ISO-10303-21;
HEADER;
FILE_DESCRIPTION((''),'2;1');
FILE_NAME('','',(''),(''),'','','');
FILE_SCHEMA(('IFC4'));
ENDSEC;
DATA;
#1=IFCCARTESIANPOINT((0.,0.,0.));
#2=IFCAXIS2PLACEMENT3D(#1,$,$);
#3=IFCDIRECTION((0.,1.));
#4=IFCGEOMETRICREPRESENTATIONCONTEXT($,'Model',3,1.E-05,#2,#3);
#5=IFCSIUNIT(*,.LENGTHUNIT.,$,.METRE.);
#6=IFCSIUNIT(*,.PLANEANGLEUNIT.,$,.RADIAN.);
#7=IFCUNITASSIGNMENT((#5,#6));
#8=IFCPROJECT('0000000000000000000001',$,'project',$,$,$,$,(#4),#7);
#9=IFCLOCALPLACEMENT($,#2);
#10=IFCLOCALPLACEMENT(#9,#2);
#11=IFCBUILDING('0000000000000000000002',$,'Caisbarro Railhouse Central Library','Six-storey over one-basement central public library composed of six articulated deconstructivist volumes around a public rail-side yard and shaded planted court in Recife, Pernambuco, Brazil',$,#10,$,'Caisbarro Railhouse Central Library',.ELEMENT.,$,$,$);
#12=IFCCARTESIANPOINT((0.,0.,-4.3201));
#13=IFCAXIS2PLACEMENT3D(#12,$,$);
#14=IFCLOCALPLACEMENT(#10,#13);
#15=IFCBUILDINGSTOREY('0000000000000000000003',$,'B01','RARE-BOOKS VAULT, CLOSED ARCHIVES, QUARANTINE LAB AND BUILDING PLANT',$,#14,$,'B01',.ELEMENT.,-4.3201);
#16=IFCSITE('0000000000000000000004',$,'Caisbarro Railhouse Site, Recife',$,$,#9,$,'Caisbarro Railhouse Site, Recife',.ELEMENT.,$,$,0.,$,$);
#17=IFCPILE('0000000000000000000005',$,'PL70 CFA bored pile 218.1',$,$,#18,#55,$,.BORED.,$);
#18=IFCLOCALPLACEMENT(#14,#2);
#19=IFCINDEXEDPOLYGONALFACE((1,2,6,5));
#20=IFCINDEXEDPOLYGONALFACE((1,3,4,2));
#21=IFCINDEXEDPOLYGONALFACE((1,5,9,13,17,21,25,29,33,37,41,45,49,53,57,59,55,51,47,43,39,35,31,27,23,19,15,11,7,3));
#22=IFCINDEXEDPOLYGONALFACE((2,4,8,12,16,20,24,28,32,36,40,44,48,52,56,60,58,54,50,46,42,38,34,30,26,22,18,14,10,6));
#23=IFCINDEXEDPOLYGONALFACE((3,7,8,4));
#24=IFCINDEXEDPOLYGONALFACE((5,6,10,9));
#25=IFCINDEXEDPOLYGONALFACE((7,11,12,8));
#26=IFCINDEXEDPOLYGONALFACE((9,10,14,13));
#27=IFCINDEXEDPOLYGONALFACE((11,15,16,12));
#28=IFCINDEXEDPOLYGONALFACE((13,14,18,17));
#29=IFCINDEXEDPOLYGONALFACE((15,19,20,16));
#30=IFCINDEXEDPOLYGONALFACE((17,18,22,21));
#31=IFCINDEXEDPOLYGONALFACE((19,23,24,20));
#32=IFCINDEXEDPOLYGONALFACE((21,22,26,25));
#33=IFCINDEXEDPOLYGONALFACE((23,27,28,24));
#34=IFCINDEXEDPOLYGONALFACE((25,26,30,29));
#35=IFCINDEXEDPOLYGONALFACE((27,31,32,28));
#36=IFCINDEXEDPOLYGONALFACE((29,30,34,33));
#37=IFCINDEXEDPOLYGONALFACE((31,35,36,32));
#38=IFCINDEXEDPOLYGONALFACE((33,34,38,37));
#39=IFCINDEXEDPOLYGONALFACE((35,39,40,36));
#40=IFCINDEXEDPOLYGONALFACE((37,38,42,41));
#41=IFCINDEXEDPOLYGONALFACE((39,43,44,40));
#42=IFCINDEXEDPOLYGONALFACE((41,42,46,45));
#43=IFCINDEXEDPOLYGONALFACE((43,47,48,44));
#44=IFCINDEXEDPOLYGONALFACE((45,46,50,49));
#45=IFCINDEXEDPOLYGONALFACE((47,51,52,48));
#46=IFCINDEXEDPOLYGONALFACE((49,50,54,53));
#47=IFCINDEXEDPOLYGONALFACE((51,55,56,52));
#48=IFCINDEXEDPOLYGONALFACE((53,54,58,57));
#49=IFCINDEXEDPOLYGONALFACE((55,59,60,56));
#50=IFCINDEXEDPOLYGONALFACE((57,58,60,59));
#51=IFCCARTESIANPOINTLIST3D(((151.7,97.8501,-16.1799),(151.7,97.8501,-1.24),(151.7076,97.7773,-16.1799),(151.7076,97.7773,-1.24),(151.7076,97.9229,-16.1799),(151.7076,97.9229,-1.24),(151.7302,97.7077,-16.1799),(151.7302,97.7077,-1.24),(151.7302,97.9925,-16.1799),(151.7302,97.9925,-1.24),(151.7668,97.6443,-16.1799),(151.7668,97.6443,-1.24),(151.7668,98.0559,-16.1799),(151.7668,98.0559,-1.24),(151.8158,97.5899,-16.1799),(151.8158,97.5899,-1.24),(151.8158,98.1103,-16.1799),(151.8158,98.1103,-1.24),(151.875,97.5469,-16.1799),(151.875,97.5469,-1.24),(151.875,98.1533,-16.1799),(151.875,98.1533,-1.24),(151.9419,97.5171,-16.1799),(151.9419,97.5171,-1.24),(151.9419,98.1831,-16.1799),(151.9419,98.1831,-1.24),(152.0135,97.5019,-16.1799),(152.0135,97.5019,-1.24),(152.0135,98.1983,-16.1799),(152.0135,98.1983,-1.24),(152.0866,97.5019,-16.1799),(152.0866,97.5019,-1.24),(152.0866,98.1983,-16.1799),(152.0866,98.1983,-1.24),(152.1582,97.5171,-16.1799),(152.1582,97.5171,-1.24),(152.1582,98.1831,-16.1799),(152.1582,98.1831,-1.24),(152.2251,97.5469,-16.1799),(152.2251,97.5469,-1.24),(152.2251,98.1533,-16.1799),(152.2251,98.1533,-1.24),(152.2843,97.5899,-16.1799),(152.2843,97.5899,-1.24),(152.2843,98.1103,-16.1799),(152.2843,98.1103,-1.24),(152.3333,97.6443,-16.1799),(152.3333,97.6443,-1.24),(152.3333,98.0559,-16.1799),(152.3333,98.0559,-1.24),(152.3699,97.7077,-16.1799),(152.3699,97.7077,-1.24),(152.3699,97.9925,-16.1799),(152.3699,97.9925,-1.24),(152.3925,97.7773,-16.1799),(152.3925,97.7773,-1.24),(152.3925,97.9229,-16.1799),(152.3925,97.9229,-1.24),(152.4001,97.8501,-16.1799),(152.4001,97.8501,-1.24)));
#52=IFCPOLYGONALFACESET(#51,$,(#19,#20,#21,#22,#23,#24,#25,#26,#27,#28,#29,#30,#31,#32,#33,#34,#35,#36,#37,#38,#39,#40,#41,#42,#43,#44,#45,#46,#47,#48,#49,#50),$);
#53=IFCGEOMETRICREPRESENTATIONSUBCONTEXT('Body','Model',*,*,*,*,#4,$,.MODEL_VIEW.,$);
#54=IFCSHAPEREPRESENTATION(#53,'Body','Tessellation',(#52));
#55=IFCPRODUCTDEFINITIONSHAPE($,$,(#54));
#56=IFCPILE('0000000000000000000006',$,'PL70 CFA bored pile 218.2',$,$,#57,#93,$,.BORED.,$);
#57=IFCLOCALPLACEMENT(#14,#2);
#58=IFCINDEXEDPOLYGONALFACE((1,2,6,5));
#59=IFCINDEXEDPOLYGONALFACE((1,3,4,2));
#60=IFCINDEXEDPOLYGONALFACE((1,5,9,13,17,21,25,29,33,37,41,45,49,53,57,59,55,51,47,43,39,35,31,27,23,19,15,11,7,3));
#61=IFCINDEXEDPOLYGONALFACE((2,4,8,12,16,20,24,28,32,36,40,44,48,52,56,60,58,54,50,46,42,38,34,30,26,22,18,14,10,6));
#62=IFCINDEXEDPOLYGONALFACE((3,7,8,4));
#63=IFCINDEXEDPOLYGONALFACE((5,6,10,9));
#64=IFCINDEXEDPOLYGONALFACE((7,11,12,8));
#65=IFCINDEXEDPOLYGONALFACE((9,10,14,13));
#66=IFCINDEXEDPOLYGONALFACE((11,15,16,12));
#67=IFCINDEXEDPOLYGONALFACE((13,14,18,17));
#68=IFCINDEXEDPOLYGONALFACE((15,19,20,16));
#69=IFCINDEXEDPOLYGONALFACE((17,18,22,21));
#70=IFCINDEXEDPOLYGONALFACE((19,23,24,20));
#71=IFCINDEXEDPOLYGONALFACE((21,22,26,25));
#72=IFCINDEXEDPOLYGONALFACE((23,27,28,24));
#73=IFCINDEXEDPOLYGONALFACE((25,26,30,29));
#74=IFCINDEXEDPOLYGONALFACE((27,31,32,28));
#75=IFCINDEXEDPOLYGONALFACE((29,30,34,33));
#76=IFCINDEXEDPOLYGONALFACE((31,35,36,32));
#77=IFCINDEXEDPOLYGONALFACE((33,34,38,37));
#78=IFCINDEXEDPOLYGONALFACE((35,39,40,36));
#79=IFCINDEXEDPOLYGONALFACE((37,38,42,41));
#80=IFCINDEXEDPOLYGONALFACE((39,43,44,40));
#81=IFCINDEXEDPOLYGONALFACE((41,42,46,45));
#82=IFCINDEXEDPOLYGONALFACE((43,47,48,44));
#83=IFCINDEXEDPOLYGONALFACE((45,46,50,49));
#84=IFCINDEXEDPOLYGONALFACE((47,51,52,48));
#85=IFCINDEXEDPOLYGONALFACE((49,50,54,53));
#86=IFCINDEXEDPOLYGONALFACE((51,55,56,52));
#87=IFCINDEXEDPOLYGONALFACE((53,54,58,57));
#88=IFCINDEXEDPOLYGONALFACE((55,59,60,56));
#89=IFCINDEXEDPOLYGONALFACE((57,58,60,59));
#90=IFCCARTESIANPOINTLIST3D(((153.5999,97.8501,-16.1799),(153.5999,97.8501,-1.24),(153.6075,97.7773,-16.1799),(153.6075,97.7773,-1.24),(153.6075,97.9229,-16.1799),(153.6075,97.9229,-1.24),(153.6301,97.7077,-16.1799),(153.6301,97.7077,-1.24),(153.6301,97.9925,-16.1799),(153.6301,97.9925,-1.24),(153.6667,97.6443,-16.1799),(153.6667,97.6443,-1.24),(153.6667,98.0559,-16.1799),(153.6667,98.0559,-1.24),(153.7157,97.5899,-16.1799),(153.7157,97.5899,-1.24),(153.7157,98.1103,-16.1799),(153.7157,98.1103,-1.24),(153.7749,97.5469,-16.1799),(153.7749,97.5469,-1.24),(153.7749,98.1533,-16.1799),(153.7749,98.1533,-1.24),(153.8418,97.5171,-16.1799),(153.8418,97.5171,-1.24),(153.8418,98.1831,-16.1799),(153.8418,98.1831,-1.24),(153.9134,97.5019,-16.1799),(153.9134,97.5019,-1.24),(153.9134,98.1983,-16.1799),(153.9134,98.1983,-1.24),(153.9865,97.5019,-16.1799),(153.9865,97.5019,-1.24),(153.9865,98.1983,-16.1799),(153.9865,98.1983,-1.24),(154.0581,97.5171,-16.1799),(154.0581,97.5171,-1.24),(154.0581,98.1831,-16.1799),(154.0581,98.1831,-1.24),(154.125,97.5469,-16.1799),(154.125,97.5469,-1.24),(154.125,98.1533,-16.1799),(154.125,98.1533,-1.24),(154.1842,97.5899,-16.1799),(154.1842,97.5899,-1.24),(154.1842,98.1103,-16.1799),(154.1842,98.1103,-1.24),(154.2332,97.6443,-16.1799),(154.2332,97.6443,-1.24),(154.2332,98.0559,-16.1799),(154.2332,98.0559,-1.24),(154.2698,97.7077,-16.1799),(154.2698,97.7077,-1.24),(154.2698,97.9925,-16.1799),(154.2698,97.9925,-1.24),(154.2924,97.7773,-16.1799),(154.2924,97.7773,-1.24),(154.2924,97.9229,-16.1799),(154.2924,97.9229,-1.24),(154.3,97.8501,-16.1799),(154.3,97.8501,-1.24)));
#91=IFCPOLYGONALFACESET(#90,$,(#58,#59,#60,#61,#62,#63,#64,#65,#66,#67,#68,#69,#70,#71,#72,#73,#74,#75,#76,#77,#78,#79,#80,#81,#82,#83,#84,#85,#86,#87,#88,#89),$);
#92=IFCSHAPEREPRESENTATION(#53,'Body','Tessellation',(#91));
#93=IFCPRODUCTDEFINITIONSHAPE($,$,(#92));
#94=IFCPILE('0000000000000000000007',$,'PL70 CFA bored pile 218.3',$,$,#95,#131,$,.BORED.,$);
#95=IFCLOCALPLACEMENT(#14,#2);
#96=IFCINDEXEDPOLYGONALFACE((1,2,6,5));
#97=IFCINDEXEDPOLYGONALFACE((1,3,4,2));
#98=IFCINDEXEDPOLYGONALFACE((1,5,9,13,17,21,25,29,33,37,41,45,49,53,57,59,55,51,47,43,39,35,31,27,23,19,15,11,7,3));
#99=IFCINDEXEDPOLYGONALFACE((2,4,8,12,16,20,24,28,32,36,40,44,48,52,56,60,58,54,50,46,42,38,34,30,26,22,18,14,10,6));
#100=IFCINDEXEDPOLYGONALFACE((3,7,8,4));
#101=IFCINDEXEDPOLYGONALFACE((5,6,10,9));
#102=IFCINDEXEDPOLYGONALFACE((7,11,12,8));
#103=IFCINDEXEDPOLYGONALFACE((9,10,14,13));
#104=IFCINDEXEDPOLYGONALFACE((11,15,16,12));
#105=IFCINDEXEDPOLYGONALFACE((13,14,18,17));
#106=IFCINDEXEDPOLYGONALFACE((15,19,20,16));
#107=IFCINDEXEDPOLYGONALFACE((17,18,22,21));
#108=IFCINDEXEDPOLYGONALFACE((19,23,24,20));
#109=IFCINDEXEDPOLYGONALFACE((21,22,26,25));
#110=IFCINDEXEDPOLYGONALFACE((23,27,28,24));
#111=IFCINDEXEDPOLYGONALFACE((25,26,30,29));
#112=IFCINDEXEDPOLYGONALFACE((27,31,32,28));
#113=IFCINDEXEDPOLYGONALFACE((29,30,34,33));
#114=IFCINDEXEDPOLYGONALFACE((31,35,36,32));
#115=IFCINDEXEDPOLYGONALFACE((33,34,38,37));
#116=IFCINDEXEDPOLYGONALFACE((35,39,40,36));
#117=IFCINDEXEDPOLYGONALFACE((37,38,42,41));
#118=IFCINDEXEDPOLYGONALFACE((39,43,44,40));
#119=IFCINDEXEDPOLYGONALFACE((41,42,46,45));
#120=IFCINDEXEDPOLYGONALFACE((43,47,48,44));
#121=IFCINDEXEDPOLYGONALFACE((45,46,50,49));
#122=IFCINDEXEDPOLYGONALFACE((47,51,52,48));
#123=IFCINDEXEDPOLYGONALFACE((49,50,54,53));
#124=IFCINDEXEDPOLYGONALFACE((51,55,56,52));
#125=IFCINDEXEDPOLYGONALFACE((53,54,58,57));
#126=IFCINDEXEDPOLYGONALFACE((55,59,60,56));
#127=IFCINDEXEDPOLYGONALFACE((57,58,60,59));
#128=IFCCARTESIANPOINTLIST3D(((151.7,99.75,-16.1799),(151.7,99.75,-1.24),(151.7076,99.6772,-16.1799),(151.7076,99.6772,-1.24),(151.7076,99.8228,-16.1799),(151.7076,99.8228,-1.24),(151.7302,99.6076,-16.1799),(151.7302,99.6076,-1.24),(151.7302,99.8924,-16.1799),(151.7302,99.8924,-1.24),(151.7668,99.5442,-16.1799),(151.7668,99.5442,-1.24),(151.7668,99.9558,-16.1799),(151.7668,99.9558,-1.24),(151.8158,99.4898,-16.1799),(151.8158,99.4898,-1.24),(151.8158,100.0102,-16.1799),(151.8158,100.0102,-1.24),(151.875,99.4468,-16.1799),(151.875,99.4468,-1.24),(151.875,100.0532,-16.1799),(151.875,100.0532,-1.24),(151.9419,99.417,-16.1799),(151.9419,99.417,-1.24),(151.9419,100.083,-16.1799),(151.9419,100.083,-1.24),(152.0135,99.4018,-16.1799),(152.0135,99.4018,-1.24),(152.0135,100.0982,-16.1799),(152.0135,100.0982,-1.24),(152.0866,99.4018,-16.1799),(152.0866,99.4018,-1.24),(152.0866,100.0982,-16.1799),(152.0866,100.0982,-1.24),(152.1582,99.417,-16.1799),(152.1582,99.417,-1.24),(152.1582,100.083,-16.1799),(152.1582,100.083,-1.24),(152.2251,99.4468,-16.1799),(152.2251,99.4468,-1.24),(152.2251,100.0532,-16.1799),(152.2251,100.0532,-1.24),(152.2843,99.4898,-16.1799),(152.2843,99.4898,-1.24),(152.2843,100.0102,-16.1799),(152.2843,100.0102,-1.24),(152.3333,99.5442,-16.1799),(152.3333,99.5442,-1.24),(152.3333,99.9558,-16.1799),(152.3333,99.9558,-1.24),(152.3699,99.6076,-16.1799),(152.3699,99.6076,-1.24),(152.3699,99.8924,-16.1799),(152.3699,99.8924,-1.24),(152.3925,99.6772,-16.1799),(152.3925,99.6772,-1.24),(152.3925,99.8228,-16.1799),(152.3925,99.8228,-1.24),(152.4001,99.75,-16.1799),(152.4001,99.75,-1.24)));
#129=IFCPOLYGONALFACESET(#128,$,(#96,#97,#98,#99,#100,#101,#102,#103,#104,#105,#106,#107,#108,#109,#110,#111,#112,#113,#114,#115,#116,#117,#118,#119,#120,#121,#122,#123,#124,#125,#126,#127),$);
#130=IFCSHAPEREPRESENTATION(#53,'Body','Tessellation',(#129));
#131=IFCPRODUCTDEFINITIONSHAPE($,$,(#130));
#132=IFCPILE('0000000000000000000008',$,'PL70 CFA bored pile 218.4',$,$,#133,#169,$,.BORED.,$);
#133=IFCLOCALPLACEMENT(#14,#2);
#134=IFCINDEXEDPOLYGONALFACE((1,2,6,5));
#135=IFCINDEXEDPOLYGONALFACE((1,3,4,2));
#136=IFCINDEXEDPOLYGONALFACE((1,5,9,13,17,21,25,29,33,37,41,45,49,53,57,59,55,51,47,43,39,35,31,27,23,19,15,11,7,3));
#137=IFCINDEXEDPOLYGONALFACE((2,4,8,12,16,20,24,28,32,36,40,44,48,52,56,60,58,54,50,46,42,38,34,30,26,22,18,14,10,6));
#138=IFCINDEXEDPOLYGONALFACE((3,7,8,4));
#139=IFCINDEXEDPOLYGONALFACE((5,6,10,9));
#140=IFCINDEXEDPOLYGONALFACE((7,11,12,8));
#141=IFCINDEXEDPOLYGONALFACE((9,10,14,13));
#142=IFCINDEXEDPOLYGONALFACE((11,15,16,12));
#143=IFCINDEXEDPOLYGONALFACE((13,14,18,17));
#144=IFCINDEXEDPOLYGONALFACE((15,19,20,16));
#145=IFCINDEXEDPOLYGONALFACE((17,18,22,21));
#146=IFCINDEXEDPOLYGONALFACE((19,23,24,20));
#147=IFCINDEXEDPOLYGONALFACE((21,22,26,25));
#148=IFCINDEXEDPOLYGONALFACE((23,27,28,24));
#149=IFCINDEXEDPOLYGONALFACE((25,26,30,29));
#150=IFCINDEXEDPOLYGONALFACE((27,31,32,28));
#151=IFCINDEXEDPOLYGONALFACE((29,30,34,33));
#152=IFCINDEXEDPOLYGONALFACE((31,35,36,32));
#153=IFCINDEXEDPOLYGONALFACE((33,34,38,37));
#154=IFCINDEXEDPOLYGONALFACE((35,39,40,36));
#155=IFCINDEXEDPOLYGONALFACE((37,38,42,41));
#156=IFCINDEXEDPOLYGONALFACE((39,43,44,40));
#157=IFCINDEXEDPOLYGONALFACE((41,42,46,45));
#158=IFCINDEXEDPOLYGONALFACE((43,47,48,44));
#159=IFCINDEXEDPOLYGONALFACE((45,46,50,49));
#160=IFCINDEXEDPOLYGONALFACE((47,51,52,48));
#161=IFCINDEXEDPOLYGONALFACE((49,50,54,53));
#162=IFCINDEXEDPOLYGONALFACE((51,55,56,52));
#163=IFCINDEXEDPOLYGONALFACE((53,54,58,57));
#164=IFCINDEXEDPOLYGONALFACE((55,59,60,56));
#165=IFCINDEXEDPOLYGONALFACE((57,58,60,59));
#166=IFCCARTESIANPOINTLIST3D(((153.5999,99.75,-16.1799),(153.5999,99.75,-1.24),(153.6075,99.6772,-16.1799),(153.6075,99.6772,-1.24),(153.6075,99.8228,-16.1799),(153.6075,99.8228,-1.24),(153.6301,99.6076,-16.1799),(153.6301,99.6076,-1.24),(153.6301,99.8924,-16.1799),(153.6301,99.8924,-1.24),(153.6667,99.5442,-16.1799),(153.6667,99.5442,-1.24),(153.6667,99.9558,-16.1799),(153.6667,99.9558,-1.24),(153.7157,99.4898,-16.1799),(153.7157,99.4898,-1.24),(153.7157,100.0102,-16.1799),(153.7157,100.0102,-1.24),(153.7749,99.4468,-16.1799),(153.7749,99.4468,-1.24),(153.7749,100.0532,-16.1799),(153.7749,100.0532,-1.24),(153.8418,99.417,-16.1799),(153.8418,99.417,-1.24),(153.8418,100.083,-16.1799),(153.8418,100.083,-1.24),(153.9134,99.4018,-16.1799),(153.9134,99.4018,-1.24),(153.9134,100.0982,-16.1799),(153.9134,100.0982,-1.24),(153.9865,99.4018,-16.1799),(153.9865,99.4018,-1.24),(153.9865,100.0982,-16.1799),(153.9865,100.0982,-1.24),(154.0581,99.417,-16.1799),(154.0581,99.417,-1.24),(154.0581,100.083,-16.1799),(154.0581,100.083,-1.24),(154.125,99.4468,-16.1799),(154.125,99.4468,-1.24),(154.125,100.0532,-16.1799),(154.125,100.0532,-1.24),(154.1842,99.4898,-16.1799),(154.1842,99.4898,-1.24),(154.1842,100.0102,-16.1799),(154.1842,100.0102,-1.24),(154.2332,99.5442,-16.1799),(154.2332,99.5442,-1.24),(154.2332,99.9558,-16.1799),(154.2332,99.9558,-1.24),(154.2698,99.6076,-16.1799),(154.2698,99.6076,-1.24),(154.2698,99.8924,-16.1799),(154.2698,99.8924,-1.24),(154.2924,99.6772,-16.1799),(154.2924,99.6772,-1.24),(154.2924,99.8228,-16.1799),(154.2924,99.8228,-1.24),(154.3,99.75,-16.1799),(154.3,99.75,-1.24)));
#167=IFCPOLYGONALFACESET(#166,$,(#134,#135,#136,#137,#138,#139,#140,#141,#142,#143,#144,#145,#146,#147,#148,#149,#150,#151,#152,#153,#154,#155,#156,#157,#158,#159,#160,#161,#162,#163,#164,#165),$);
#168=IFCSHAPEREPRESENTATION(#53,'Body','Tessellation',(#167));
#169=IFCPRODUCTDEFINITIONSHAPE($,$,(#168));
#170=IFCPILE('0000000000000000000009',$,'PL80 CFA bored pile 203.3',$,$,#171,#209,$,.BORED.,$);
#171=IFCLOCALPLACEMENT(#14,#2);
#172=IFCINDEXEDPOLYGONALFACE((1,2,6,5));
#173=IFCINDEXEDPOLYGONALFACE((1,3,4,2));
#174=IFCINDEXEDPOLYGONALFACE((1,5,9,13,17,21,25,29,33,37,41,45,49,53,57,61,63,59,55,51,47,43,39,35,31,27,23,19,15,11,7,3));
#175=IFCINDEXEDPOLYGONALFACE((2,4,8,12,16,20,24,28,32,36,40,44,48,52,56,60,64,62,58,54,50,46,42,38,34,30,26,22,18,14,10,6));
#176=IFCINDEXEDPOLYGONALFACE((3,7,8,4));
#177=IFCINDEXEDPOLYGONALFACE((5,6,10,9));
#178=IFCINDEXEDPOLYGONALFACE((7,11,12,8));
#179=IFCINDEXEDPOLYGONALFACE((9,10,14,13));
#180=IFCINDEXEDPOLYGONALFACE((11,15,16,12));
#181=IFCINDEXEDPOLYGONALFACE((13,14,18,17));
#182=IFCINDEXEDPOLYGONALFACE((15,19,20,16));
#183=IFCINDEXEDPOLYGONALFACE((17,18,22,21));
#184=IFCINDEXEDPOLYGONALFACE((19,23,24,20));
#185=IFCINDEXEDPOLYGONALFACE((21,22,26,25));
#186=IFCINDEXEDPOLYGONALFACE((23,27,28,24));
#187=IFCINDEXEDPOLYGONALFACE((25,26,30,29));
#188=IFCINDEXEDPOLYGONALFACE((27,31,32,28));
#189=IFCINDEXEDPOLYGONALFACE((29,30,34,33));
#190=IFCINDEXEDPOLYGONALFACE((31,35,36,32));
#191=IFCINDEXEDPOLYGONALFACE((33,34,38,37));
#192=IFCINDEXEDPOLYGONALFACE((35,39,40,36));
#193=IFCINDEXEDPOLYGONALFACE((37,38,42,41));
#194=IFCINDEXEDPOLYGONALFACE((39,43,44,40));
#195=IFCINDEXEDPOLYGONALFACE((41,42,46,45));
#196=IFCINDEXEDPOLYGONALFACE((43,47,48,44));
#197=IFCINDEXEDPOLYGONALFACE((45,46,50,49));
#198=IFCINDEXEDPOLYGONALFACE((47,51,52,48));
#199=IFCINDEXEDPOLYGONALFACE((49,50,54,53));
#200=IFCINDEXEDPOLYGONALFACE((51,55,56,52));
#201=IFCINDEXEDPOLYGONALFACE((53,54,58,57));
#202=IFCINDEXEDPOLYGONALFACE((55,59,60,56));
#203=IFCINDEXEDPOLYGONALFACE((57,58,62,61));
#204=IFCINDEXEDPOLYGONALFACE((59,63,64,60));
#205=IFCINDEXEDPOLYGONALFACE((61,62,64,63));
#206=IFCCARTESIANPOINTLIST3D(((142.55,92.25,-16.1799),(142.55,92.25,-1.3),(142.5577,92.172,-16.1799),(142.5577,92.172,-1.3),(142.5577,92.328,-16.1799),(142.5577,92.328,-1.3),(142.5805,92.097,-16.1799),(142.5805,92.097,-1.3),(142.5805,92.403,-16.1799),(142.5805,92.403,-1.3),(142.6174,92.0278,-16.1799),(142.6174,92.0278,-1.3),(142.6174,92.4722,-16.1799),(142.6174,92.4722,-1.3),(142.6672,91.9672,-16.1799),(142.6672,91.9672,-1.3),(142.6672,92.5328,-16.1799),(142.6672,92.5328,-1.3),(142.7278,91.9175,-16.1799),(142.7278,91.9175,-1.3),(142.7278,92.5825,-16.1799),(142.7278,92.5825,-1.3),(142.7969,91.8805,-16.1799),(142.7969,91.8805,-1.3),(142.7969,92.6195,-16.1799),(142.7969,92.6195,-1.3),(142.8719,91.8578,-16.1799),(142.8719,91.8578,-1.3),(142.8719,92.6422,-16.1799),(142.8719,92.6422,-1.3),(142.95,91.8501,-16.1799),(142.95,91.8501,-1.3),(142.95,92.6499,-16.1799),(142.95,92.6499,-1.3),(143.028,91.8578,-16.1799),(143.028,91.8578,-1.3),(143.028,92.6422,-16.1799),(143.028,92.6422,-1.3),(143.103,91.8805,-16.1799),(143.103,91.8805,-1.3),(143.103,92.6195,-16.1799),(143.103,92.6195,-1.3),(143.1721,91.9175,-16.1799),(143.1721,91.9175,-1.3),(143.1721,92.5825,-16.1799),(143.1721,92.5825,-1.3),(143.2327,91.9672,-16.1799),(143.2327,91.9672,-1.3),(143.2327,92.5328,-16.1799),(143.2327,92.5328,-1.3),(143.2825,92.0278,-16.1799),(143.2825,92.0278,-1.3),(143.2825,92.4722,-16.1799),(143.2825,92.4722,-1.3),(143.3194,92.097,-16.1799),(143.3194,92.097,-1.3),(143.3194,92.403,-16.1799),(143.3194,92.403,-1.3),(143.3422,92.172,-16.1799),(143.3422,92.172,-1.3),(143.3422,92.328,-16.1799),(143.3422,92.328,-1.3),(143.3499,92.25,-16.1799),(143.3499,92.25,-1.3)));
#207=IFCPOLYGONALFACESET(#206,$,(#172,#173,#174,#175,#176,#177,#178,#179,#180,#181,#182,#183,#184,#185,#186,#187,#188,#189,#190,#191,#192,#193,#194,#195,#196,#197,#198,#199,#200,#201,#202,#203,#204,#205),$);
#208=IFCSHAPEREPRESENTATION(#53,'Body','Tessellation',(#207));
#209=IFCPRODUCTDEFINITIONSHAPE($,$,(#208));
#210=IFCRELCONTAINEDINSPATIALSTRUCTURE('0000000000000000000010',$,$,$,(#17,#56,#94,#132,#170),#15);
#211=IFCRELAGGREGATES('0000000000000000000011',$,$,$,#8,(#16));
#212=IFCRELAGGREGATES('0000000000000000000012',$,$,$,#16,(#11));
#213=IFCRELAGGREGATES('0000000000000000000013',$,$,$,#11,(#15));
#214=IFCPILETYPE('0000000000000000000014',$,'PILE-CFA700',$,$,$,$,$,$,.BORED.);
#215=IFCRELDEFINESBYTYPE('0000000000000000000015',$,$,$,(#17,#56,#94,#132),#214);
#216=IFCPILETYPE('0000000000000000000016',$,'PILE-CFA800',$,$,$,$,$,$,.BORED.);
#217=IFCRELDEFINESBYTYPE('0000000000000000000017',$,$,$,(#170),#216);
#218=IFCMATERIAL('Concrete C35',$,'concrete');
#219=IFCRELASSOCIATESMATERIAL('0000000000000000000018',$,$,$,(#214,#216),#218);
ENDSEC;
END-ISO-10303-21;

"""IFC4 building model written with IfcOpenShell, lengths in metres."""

from ifc_helpers import new_model, si_unit, direction, frame, origin, origin_2d, place, context, subcontext, project, spatial, circle, extrude, material, material_profile, profile_set, type_object, element, save


model = new_model("IFC4")

# Units and contexts
model_context = context("Model", 3, precision=1e-05, world=origin(), true_north=direction((0.0, 1.0)))
body_context = subcontext(model_context, "Body", "Model", "MODEL_VIEW")
ifc_project = project(units=[si_unit("LENGTHUNIT", "METRE"), si_unit("PLANEANGLEUNIT", "RADIAN")], contexts=[model_context])

# Site, building, storey
site_placement = place(None, origin())
site = spatial("IfcSite", under=ifc_project, at=site_placement, Name="Caisbarro Railhouse Site, Recife", LongName="Caisbarro Railhouse Site, Recife", CompositionType="ELEMENT", RefElevation=0.0)
building_placement = place(site_placement, origin())
building = spatial("IfcBuilding", under=site, at=building_placement, Name="Caisbarro Railhouse Central Library", Description="Six-storey over one-basement central public library composed of six articulated deconstructivist volumes around a public rail-side yard and shaded planted court in Recife, Pernambuco, Brazil", LongName="Caisbarro Railhouse Central Library", CompositionType="ELEMENT")
storey_placement = place(building_placement, frame((0.0, 0.0, -4.3201)))
storey = spatial("IfcBuildingStorey", under=building, at=storey_placement, Name="B01", Description="RARE-BOOKS VAULT, CLOSED ARCHIVES, QUARANTINE LAB AND BUILDING PLANT", LongName="B01", CompositionType="ELEMENT", Elevation=-4.3201)

# Shared definitions
ifc_material_1 = material(Name="Concrete C35", Category="concrete")

# Piles
ifc_material_profile_1 = material_profile(ifc_material_1, circle(Radius=0.3501, at=origin_2d()), Name="PILE-CFA-700")
ifc_profile_set_1 = profile_set([ifc_material_profile_1], Name="Concrete C35")
pile_type_1 = type_object("IfcPileType", Name="PILE-CFA700", PredefinedType="BORED", material=ifc_profile_set_1)
for number, where, z_axis, x_axis, name in (
    (1, (152.05, 97.8501, -1.24), (0.0, 0.0, -1.0), (1.0, 0.0, 0.0), "PL70 CFA bored pile 218.1"),
    (2, (153.95, 97.8501, -1.24), (0.0, 0.0, -1.0), (1.0, 0.0, 0.0), "PL70 CFA bored pile 218.2"),
    (3, (152.05, 99.75, -1.24), (0.0, 0.0, -1.0), (1.0, 0.0, 0.0), "PL70 CFA bored pile 218.3"),
    (4, (153.95, 99.75, -1.24), (0.0, 0.0, -1.0), (1.0, 0.0, 0.0), "PL70 CFA bored pile 218.4"),
):
    element("IfcPile", number, at=place(storey_placement, frame(where, z_axis=z_axis, x_axis=x_axis)), inside=storey, type_object=pile_type_1, Name=name, PredefinedType="BORED", context=body_context, shape_type="SweptSolid", body=[
        extrude(circle(Radius=0.3501, at=origin_2d()), origin(), (0.0, 0.0, 1.0), 14.9399),
    ])
ifc_material_profile_2 = material_profile(ifc_material_1, circle(Radius=0.3999, at=origin_2d()), Name="PILE-CFA-800")
ifc_profile_set_2 = profile_set([ifc_material_profile_2], Name="Concrete C35")
pile_type_2 = type_object("IfcPileType", Name="PILE-CFA800", PredefinedType="BORED", material=ifc_profile_set_2)
for number, where, z_axis, x_axis, name in (
    (5, (142.95, 92.25, -1.3), (0.0, 0.0, -1.0), (1.0, 0.0, 0.0), "PL80 CFA bored pile 203.3"),
):
    element("IfcPile", number, at=place(storey_placement, frame(where, z_axis=z_axis, x_axis=x_axis)), inside=storey, type_object=pile_type_2, Name=name, PredefinedType="BORED", context=body_context, shape_type="SweptSolid", body=[
        extrude(circle(Radius=0.3999, at=origin_2d()), origin(), (0.0, 0.0, 1.0), 14.8799),
    ])

save(model, "model.ifc")
